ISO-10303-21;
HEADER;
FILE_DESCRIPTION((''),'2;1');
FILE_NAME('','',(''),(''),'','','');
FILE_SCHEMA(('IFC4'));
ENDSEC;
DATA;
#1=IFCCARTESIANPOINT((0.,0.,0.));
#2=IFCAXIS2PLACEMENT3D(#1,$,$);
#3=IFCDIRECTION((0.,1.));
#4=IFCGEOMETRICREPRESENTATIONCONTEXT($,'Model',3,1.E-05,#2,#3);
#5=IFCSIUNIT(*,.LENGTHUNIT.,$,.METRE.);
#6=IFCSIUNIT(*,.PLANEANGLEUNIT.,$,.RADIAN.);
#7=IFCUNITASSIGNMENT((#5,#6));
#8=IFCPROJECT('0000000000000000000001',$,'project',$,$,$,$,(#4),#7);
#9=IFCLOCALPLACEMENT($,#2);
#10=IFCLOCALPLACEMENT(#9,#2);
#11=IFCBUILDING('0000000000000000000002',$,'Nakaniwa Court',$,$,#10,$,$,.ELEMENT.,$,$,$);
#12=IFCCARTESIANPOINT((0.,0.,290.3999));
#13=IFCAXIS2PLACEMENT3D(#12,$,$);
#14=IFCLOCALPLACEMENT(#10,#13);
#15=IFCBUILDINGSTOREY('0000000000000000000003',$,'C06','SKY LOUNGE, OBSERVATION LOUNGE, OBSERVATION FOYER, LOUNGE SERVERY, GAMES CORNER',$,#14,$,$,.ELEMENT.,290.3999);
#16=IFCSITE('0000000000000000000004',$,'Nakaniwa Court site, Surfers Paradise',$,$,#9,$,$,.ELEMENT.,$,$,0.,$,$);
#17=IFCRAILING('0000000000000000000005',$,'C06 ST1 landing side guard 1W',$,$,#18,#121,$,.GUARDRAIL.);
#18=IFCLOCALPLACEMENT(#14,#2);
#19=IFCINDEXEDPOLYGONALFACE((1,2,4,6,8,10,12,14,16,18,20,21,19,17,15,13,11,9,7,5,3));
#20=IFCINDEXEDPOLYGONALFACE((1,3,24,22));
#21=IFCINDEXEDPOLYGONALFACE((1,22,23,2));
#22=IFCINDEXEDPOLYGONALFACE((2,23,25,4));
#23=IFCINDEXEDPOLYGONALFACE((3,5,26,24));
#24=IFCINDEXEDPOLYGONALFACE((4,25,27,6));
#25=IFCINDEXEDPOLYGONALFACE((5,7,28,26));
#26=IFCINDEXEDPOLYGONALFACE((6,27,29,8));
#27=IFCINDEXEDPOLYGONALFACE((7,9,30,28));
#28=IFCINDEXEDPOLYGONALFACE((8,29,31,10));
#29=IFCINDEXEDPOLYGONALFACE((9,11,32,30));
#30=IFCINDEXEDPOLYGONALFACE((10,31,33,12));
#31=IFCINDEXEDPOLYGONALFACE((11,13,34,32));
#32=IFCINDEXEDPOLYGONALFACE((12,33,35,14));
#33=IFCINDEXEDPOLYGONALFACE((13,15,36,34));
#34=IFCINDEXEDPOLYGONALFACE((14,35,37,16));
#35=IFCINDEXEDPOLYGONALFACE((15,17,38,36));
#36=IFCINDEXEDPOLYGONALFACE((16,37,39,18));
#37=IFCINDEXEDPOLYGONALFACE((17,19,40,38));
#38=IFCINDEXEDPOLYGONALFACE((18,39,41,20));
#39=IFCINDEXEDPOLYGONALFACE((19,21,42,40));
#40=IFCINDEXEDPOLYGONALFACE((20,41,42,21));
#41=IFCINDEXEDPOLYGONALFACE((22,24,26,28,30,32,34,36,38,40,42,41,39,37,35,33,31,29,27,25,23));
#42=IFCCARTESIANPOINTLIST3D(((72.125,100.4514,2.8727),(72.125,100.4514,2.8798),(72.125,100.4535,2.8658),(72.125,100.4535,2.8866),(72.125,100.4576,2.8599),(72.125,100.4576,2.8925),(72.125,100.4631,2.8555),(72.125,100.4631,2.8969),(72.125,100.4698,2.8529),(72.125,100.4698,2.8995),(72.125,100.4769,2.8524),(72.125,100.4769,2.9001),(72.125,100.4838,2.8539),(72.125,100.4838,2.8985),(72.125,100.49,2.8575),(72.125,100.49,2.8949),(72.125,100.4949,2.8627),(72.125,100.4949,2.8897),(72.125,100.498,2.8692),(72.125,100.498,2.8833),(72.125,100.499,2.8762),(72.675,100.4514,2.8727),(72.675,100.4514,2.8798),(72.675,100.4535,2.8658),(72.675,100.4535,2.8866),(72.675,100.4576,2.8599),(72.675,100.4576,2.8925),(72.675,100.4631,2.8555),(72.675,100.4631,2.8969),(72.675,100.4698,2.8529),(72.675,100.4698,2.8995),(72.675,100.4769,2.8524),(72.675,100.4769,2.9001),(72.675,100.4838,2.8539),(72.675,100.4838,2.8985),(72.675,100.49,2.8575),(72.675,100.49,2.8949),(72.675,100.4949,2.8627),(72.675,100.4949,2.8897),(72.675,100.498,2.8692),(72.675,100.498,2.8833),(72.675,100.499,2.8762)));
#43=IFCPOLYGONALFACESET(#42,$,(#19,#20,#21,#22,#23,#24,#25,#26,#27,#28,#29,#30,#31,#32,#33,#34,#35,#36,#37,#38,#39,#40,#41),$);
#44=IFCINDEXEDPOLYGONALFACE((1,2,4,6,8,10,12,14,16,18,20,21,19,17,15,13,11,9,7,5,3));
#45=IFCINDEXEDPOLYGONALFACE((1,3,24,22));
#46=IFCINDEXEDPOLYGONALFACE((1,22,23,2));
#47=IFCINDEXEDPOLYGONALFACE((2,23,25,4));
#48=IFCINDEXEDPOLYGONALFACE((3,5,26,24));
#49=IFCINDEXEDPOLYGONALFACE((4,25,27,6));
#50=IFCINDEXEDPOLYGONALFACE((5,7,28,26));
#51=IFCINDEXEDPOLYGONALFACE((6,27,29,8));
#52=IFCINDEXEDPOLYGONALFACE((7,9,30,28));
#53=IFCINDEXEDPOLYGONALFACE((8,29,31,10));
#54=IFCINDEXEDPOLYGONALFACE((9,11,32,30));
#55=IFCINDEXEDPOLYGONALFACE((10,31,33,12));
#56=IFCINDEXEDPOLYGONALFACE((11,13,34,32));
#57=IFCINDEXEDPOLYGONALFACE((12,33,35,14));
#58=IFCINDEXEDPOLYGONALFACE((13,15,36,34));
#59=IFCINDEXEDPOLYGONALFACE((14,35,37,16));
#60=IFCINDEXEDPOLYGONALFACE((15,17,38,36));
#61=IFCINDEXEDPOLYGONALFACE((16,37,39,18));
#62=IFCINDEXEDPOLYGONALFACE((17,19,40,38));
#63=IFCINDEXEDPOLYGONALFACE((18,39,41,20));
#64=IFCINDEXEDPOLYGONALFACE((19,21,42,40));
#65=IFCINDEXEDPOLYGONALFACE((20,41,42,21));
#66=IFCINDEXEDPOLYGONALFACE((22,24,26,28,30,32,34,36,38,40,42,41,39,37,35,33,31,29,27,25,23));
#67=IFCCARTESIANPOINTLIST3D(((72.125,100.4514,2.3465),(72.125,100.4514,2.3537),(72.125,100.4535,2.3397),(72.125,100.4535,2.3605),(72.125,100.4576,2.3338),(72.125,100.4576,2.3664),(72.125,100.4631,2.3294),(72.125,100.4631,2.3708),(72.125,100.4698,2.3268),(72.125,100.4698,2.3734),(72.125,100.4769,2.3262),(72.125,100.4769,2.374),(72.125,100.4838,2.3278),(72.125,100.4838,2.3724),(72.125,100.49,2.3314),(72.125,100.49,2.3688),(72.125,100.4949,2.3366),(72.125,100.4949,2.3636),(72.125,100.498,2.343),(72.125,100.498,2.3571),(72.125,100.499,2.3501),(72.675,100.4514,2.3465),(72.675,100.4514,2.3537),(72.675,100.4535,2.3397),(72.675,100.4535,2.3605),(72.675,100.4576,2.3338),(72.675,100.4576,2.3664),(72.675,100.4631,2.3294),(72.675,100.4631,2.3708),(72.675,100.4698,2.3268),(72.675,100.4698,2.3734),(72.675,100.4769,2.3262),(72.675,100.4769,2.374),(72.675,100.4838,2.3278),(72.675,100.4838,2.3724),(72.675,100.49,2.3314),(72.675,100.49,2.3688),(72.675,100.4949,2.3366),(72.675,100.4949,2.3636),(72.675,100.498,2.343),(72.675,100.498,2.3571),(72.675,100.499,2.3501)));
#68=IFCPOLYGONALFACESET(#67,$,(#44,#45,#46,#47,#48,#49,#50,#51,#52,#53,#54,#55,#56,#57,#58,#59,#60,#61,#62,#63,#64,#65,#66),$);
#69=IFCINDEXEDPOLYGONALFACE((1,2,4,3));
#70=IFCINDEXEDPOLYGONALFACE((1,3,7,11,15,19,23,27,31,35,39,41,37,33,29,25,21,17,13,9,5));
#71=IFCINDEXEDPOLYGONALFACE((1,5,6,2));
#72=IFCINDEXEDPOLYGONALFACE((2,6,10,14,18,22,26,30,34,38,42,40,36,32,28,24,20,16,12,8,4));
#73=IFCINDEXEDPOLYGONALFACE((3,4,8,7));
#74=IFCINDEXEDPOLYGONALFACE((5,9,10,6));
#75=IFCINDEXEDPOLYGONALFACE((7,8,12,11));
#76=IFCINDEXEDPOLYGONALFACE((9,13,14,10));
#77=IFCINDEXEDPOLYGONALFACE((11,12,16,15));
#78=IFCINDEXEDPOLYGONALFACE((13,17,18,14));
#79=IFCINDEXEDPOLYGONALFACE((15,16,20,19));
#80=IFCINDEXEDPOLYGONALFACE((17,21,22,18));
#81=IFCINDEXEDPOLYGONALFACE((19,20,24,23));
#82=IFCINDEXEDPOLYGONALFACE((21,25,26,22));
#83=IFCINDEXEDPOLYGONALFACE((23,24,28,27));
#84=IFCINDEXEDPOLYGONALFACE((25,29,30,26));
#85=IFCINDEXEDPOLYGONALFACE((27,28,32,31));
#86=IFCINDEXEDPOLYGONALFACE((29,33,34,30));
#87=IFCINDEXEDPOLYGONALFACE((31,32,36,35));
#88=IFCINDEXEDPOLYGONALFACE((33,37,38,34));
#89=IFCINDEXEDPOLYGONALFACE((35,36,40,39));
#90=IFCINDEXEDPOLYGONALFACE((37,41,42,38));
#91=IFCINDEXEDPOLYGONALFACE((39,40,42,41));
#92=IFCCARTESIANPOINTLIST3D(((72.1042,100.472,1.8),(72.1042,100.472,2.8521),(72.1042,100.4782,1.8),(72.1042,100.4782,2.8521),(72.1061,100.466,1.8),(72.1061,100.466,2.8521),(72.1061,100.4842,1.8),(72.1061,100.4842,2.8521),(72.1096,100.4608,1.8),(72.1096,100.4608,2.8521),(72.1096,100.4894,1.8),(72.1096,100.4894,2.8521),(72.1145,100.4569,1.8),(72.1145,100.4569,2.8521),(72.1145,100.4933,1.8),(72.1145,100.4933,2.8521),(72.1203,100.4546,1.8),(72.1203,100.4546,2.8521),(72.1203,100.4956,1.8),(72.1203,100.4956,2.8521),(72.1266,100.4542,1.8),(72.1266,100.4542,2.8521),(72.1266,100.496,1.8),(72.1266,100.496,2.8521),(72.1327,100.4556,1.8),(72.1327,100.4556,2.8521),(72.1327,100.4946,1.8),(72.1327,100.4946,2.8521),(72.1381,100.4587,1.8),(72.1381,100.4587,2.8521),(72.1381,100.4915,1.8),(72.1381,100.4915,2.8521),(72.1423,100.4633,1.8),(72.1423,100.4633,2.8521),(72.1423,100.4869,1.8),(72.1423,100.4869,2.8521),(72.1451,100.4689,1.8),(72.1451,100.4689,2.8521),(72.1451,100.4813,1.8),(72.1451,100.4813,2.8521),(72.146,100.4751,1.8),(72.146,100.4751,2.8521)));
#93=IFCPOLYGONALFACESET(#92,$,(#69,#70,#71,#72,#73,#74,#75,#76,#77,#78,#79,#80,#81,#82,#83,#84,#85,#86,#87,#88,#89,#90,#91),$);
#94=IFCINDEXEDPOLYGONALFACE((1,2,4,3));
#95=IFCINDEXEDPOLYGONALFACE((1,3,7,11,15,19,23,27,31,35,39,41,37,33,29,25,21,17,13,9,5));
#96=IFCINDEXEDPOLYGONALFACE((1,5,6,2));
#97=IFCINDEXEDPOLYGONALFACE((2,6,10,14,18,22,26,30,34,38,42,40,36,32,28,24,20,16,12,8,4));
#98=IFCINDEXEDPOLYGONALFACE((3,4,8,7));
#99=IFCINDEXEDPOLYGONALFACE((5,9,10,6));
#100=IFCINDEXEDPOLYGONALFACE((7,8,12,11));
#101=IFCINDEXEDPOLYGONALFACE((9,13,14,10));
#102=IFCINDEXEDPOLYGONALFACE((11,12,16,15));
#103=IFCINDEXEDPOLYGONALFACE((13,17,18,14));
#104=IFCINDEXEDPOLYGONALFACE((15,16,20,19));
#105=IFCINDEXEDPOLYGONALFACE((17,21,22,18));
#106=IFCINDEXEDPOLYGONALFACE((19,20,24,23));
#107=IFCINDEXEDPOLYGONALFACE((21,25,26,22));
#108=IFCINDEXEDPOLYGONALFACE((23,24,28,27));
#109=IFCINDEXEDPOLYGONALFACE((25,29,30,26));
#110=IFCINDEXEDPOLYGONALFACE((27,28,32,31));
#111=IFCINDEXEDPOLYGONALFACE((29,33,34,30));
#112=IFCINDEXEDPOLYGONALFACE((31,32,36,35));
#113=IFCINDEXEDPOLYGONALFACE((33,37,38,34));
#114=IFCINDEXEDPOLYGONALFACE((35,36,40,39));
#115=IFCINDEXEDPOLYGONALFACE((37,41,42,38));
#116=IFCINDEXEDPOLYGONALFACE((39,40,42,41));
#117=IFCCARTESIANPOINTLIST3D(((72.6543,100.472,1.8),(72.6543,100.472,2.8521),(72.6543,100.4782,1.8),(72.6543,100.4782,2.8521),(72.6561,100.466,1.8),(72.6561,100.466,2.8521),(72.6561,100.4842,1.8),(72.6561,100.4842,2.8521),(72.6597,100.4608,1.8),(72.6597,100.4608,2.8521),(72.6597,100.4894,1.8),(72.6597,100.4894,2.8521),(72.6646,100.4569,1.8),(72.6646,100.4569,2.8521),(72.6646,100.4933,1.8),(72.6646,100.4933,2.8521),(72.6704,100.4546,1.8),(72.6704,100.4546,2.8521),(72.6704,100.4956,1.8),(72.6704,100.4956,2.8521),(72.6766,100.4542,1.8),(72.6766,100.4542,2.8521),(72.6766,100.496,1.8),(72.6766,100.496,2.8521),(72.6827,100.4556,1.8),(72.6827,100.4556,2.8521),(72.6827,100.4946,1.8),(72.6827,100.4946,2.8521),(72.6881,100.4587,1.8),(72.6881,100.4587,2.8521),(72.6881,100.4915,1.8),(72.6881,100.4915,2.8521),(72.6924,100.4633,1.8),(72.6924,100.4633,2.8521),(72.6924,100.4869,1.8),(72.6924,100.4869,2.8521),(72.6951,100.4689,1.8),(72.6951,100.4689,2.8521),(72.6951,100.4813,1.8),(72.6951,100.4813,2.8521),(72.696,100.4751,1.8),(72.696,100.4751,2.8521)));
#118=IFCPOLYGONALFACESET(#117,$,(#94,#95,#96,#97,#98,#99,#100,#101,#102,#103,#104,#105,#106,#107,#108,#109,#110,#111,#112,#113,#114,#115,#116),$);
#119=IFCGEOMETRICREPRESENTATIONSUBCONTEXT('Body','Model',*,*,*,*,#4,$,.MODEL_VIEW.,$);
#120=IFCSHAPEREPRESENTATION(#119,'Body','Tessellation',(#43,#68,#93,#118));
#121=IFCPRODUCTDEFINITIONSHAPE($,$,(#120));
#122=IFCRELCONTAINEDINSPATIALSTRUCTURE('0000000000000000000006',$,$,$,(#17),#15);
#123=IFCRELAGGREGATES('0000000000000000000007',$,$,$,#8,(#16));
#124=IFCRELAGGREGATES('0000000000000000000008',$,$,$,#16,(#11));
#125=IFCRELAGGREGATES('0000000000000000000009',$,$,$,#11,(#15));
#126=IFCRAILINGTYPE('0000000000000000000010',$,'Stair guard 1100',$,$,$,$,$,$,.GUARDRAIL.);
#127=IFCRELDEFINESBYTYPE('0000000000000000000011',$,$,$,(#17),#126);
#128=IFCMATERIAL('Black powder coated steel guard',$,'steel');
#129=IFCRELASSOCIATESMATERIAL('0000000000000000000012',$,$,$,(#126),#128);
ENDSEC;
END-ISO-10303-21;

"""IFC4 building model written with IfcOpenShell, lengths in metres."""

from ifc_helpers import new_model, si_unit, direction, frame, origin, origin_2d, place, context, subcontext, project, spatial, circle, extrude, material, type_object, element, save


model = new_model("IFC4")

# Units and contexts
model_context = context("Model", 3, precision=1e-05, world=origin(), true_north=direction((0.0, 1.0)))
body_context = subcontext(model_context, "Body", "Model", "MODEL_VIEW")
ifc_project = project(units=[si_unit("LENGTHUNIT", "METRE"), si_unit("PLANEANGLEUNIT", "RADIAN")], contexts=[model_context])

# Site, building, storey
site_placement = place(None, origin())
site = spatial("IfcSite", under=ifc_project, at=site_placement, Name="Nakaniwa Court site, Surfers Paradise", CompositionType="ELEMENT", RefElevation=0.0)
building_placement = place(site_placement, origin())
building = spatial("IfcBuilding", under=site, at=building_placement, Name="Nakaniwa Court", CompositionType="ELEMENT")
storey_placement = place(building_placement, frame((0.0, 0.0, 290.3999)))
storey = spatial("IfcBuildingStorey", under=building, at=storey_placement, Name="C06", Description="SKY LOUNGE, OBSERVATION LOUNGE, OBSERVATION FOYER, LOUNGE SERVERY, GAMES CORNER", CompositionType="ELEMENT", Elevation=290.3999)

# Railing
ifc_material_1 = material(Name="Black powder coated steel guard", Category="steel")
railing_type_1 = type_object("IfcRailingType", Name="Stair guard 1100", PredefinedType="GUARDRAIL", material=ifc_material_1)
for number, where, name in (
    (1, (72.125, 100.4751, 1.8), "C06 ST1 landing side guard 1W"),
):
    element("IfcRailing", number, at=place(storey_placement, frame(where)), inside=storey, type_object=railing_type_1, Name=name, PredefinedType="GUARDRAIL", context=body_context, shape_type="SweptSolid", body=[
        extrude(circle(Radius=0.0239, at=origin_2d()), frame((0.0, 0.0, 1.0762), z_axis=(1.0, 0.0, 0.0), x_axis=(0.0, 1.0, 0.0)), (0.0, 0.0, 1.0), 0.55),
        extrude(circle(Radius=0.0239, at=origin_2d()), frame((0.0, 0.0, 0.55), z_axis=(1.0, 0.0, 0.0), x_axis=(0.0, 1.0, 0.0)), (0.0, 0.0, 1.0), 0.55),
        extrude(circle(Radius=0.021, at=origin_2d()), origin(), (0.0, 0.0, 1.0), 1.052),
        extrude(circle(Radius=0.021, at=origin_2d()), frame((0.55, 0.0, 0.0)), (0.0, 0.0, 1.0), 1.052),
    ])

save(model, "model.ifc")
